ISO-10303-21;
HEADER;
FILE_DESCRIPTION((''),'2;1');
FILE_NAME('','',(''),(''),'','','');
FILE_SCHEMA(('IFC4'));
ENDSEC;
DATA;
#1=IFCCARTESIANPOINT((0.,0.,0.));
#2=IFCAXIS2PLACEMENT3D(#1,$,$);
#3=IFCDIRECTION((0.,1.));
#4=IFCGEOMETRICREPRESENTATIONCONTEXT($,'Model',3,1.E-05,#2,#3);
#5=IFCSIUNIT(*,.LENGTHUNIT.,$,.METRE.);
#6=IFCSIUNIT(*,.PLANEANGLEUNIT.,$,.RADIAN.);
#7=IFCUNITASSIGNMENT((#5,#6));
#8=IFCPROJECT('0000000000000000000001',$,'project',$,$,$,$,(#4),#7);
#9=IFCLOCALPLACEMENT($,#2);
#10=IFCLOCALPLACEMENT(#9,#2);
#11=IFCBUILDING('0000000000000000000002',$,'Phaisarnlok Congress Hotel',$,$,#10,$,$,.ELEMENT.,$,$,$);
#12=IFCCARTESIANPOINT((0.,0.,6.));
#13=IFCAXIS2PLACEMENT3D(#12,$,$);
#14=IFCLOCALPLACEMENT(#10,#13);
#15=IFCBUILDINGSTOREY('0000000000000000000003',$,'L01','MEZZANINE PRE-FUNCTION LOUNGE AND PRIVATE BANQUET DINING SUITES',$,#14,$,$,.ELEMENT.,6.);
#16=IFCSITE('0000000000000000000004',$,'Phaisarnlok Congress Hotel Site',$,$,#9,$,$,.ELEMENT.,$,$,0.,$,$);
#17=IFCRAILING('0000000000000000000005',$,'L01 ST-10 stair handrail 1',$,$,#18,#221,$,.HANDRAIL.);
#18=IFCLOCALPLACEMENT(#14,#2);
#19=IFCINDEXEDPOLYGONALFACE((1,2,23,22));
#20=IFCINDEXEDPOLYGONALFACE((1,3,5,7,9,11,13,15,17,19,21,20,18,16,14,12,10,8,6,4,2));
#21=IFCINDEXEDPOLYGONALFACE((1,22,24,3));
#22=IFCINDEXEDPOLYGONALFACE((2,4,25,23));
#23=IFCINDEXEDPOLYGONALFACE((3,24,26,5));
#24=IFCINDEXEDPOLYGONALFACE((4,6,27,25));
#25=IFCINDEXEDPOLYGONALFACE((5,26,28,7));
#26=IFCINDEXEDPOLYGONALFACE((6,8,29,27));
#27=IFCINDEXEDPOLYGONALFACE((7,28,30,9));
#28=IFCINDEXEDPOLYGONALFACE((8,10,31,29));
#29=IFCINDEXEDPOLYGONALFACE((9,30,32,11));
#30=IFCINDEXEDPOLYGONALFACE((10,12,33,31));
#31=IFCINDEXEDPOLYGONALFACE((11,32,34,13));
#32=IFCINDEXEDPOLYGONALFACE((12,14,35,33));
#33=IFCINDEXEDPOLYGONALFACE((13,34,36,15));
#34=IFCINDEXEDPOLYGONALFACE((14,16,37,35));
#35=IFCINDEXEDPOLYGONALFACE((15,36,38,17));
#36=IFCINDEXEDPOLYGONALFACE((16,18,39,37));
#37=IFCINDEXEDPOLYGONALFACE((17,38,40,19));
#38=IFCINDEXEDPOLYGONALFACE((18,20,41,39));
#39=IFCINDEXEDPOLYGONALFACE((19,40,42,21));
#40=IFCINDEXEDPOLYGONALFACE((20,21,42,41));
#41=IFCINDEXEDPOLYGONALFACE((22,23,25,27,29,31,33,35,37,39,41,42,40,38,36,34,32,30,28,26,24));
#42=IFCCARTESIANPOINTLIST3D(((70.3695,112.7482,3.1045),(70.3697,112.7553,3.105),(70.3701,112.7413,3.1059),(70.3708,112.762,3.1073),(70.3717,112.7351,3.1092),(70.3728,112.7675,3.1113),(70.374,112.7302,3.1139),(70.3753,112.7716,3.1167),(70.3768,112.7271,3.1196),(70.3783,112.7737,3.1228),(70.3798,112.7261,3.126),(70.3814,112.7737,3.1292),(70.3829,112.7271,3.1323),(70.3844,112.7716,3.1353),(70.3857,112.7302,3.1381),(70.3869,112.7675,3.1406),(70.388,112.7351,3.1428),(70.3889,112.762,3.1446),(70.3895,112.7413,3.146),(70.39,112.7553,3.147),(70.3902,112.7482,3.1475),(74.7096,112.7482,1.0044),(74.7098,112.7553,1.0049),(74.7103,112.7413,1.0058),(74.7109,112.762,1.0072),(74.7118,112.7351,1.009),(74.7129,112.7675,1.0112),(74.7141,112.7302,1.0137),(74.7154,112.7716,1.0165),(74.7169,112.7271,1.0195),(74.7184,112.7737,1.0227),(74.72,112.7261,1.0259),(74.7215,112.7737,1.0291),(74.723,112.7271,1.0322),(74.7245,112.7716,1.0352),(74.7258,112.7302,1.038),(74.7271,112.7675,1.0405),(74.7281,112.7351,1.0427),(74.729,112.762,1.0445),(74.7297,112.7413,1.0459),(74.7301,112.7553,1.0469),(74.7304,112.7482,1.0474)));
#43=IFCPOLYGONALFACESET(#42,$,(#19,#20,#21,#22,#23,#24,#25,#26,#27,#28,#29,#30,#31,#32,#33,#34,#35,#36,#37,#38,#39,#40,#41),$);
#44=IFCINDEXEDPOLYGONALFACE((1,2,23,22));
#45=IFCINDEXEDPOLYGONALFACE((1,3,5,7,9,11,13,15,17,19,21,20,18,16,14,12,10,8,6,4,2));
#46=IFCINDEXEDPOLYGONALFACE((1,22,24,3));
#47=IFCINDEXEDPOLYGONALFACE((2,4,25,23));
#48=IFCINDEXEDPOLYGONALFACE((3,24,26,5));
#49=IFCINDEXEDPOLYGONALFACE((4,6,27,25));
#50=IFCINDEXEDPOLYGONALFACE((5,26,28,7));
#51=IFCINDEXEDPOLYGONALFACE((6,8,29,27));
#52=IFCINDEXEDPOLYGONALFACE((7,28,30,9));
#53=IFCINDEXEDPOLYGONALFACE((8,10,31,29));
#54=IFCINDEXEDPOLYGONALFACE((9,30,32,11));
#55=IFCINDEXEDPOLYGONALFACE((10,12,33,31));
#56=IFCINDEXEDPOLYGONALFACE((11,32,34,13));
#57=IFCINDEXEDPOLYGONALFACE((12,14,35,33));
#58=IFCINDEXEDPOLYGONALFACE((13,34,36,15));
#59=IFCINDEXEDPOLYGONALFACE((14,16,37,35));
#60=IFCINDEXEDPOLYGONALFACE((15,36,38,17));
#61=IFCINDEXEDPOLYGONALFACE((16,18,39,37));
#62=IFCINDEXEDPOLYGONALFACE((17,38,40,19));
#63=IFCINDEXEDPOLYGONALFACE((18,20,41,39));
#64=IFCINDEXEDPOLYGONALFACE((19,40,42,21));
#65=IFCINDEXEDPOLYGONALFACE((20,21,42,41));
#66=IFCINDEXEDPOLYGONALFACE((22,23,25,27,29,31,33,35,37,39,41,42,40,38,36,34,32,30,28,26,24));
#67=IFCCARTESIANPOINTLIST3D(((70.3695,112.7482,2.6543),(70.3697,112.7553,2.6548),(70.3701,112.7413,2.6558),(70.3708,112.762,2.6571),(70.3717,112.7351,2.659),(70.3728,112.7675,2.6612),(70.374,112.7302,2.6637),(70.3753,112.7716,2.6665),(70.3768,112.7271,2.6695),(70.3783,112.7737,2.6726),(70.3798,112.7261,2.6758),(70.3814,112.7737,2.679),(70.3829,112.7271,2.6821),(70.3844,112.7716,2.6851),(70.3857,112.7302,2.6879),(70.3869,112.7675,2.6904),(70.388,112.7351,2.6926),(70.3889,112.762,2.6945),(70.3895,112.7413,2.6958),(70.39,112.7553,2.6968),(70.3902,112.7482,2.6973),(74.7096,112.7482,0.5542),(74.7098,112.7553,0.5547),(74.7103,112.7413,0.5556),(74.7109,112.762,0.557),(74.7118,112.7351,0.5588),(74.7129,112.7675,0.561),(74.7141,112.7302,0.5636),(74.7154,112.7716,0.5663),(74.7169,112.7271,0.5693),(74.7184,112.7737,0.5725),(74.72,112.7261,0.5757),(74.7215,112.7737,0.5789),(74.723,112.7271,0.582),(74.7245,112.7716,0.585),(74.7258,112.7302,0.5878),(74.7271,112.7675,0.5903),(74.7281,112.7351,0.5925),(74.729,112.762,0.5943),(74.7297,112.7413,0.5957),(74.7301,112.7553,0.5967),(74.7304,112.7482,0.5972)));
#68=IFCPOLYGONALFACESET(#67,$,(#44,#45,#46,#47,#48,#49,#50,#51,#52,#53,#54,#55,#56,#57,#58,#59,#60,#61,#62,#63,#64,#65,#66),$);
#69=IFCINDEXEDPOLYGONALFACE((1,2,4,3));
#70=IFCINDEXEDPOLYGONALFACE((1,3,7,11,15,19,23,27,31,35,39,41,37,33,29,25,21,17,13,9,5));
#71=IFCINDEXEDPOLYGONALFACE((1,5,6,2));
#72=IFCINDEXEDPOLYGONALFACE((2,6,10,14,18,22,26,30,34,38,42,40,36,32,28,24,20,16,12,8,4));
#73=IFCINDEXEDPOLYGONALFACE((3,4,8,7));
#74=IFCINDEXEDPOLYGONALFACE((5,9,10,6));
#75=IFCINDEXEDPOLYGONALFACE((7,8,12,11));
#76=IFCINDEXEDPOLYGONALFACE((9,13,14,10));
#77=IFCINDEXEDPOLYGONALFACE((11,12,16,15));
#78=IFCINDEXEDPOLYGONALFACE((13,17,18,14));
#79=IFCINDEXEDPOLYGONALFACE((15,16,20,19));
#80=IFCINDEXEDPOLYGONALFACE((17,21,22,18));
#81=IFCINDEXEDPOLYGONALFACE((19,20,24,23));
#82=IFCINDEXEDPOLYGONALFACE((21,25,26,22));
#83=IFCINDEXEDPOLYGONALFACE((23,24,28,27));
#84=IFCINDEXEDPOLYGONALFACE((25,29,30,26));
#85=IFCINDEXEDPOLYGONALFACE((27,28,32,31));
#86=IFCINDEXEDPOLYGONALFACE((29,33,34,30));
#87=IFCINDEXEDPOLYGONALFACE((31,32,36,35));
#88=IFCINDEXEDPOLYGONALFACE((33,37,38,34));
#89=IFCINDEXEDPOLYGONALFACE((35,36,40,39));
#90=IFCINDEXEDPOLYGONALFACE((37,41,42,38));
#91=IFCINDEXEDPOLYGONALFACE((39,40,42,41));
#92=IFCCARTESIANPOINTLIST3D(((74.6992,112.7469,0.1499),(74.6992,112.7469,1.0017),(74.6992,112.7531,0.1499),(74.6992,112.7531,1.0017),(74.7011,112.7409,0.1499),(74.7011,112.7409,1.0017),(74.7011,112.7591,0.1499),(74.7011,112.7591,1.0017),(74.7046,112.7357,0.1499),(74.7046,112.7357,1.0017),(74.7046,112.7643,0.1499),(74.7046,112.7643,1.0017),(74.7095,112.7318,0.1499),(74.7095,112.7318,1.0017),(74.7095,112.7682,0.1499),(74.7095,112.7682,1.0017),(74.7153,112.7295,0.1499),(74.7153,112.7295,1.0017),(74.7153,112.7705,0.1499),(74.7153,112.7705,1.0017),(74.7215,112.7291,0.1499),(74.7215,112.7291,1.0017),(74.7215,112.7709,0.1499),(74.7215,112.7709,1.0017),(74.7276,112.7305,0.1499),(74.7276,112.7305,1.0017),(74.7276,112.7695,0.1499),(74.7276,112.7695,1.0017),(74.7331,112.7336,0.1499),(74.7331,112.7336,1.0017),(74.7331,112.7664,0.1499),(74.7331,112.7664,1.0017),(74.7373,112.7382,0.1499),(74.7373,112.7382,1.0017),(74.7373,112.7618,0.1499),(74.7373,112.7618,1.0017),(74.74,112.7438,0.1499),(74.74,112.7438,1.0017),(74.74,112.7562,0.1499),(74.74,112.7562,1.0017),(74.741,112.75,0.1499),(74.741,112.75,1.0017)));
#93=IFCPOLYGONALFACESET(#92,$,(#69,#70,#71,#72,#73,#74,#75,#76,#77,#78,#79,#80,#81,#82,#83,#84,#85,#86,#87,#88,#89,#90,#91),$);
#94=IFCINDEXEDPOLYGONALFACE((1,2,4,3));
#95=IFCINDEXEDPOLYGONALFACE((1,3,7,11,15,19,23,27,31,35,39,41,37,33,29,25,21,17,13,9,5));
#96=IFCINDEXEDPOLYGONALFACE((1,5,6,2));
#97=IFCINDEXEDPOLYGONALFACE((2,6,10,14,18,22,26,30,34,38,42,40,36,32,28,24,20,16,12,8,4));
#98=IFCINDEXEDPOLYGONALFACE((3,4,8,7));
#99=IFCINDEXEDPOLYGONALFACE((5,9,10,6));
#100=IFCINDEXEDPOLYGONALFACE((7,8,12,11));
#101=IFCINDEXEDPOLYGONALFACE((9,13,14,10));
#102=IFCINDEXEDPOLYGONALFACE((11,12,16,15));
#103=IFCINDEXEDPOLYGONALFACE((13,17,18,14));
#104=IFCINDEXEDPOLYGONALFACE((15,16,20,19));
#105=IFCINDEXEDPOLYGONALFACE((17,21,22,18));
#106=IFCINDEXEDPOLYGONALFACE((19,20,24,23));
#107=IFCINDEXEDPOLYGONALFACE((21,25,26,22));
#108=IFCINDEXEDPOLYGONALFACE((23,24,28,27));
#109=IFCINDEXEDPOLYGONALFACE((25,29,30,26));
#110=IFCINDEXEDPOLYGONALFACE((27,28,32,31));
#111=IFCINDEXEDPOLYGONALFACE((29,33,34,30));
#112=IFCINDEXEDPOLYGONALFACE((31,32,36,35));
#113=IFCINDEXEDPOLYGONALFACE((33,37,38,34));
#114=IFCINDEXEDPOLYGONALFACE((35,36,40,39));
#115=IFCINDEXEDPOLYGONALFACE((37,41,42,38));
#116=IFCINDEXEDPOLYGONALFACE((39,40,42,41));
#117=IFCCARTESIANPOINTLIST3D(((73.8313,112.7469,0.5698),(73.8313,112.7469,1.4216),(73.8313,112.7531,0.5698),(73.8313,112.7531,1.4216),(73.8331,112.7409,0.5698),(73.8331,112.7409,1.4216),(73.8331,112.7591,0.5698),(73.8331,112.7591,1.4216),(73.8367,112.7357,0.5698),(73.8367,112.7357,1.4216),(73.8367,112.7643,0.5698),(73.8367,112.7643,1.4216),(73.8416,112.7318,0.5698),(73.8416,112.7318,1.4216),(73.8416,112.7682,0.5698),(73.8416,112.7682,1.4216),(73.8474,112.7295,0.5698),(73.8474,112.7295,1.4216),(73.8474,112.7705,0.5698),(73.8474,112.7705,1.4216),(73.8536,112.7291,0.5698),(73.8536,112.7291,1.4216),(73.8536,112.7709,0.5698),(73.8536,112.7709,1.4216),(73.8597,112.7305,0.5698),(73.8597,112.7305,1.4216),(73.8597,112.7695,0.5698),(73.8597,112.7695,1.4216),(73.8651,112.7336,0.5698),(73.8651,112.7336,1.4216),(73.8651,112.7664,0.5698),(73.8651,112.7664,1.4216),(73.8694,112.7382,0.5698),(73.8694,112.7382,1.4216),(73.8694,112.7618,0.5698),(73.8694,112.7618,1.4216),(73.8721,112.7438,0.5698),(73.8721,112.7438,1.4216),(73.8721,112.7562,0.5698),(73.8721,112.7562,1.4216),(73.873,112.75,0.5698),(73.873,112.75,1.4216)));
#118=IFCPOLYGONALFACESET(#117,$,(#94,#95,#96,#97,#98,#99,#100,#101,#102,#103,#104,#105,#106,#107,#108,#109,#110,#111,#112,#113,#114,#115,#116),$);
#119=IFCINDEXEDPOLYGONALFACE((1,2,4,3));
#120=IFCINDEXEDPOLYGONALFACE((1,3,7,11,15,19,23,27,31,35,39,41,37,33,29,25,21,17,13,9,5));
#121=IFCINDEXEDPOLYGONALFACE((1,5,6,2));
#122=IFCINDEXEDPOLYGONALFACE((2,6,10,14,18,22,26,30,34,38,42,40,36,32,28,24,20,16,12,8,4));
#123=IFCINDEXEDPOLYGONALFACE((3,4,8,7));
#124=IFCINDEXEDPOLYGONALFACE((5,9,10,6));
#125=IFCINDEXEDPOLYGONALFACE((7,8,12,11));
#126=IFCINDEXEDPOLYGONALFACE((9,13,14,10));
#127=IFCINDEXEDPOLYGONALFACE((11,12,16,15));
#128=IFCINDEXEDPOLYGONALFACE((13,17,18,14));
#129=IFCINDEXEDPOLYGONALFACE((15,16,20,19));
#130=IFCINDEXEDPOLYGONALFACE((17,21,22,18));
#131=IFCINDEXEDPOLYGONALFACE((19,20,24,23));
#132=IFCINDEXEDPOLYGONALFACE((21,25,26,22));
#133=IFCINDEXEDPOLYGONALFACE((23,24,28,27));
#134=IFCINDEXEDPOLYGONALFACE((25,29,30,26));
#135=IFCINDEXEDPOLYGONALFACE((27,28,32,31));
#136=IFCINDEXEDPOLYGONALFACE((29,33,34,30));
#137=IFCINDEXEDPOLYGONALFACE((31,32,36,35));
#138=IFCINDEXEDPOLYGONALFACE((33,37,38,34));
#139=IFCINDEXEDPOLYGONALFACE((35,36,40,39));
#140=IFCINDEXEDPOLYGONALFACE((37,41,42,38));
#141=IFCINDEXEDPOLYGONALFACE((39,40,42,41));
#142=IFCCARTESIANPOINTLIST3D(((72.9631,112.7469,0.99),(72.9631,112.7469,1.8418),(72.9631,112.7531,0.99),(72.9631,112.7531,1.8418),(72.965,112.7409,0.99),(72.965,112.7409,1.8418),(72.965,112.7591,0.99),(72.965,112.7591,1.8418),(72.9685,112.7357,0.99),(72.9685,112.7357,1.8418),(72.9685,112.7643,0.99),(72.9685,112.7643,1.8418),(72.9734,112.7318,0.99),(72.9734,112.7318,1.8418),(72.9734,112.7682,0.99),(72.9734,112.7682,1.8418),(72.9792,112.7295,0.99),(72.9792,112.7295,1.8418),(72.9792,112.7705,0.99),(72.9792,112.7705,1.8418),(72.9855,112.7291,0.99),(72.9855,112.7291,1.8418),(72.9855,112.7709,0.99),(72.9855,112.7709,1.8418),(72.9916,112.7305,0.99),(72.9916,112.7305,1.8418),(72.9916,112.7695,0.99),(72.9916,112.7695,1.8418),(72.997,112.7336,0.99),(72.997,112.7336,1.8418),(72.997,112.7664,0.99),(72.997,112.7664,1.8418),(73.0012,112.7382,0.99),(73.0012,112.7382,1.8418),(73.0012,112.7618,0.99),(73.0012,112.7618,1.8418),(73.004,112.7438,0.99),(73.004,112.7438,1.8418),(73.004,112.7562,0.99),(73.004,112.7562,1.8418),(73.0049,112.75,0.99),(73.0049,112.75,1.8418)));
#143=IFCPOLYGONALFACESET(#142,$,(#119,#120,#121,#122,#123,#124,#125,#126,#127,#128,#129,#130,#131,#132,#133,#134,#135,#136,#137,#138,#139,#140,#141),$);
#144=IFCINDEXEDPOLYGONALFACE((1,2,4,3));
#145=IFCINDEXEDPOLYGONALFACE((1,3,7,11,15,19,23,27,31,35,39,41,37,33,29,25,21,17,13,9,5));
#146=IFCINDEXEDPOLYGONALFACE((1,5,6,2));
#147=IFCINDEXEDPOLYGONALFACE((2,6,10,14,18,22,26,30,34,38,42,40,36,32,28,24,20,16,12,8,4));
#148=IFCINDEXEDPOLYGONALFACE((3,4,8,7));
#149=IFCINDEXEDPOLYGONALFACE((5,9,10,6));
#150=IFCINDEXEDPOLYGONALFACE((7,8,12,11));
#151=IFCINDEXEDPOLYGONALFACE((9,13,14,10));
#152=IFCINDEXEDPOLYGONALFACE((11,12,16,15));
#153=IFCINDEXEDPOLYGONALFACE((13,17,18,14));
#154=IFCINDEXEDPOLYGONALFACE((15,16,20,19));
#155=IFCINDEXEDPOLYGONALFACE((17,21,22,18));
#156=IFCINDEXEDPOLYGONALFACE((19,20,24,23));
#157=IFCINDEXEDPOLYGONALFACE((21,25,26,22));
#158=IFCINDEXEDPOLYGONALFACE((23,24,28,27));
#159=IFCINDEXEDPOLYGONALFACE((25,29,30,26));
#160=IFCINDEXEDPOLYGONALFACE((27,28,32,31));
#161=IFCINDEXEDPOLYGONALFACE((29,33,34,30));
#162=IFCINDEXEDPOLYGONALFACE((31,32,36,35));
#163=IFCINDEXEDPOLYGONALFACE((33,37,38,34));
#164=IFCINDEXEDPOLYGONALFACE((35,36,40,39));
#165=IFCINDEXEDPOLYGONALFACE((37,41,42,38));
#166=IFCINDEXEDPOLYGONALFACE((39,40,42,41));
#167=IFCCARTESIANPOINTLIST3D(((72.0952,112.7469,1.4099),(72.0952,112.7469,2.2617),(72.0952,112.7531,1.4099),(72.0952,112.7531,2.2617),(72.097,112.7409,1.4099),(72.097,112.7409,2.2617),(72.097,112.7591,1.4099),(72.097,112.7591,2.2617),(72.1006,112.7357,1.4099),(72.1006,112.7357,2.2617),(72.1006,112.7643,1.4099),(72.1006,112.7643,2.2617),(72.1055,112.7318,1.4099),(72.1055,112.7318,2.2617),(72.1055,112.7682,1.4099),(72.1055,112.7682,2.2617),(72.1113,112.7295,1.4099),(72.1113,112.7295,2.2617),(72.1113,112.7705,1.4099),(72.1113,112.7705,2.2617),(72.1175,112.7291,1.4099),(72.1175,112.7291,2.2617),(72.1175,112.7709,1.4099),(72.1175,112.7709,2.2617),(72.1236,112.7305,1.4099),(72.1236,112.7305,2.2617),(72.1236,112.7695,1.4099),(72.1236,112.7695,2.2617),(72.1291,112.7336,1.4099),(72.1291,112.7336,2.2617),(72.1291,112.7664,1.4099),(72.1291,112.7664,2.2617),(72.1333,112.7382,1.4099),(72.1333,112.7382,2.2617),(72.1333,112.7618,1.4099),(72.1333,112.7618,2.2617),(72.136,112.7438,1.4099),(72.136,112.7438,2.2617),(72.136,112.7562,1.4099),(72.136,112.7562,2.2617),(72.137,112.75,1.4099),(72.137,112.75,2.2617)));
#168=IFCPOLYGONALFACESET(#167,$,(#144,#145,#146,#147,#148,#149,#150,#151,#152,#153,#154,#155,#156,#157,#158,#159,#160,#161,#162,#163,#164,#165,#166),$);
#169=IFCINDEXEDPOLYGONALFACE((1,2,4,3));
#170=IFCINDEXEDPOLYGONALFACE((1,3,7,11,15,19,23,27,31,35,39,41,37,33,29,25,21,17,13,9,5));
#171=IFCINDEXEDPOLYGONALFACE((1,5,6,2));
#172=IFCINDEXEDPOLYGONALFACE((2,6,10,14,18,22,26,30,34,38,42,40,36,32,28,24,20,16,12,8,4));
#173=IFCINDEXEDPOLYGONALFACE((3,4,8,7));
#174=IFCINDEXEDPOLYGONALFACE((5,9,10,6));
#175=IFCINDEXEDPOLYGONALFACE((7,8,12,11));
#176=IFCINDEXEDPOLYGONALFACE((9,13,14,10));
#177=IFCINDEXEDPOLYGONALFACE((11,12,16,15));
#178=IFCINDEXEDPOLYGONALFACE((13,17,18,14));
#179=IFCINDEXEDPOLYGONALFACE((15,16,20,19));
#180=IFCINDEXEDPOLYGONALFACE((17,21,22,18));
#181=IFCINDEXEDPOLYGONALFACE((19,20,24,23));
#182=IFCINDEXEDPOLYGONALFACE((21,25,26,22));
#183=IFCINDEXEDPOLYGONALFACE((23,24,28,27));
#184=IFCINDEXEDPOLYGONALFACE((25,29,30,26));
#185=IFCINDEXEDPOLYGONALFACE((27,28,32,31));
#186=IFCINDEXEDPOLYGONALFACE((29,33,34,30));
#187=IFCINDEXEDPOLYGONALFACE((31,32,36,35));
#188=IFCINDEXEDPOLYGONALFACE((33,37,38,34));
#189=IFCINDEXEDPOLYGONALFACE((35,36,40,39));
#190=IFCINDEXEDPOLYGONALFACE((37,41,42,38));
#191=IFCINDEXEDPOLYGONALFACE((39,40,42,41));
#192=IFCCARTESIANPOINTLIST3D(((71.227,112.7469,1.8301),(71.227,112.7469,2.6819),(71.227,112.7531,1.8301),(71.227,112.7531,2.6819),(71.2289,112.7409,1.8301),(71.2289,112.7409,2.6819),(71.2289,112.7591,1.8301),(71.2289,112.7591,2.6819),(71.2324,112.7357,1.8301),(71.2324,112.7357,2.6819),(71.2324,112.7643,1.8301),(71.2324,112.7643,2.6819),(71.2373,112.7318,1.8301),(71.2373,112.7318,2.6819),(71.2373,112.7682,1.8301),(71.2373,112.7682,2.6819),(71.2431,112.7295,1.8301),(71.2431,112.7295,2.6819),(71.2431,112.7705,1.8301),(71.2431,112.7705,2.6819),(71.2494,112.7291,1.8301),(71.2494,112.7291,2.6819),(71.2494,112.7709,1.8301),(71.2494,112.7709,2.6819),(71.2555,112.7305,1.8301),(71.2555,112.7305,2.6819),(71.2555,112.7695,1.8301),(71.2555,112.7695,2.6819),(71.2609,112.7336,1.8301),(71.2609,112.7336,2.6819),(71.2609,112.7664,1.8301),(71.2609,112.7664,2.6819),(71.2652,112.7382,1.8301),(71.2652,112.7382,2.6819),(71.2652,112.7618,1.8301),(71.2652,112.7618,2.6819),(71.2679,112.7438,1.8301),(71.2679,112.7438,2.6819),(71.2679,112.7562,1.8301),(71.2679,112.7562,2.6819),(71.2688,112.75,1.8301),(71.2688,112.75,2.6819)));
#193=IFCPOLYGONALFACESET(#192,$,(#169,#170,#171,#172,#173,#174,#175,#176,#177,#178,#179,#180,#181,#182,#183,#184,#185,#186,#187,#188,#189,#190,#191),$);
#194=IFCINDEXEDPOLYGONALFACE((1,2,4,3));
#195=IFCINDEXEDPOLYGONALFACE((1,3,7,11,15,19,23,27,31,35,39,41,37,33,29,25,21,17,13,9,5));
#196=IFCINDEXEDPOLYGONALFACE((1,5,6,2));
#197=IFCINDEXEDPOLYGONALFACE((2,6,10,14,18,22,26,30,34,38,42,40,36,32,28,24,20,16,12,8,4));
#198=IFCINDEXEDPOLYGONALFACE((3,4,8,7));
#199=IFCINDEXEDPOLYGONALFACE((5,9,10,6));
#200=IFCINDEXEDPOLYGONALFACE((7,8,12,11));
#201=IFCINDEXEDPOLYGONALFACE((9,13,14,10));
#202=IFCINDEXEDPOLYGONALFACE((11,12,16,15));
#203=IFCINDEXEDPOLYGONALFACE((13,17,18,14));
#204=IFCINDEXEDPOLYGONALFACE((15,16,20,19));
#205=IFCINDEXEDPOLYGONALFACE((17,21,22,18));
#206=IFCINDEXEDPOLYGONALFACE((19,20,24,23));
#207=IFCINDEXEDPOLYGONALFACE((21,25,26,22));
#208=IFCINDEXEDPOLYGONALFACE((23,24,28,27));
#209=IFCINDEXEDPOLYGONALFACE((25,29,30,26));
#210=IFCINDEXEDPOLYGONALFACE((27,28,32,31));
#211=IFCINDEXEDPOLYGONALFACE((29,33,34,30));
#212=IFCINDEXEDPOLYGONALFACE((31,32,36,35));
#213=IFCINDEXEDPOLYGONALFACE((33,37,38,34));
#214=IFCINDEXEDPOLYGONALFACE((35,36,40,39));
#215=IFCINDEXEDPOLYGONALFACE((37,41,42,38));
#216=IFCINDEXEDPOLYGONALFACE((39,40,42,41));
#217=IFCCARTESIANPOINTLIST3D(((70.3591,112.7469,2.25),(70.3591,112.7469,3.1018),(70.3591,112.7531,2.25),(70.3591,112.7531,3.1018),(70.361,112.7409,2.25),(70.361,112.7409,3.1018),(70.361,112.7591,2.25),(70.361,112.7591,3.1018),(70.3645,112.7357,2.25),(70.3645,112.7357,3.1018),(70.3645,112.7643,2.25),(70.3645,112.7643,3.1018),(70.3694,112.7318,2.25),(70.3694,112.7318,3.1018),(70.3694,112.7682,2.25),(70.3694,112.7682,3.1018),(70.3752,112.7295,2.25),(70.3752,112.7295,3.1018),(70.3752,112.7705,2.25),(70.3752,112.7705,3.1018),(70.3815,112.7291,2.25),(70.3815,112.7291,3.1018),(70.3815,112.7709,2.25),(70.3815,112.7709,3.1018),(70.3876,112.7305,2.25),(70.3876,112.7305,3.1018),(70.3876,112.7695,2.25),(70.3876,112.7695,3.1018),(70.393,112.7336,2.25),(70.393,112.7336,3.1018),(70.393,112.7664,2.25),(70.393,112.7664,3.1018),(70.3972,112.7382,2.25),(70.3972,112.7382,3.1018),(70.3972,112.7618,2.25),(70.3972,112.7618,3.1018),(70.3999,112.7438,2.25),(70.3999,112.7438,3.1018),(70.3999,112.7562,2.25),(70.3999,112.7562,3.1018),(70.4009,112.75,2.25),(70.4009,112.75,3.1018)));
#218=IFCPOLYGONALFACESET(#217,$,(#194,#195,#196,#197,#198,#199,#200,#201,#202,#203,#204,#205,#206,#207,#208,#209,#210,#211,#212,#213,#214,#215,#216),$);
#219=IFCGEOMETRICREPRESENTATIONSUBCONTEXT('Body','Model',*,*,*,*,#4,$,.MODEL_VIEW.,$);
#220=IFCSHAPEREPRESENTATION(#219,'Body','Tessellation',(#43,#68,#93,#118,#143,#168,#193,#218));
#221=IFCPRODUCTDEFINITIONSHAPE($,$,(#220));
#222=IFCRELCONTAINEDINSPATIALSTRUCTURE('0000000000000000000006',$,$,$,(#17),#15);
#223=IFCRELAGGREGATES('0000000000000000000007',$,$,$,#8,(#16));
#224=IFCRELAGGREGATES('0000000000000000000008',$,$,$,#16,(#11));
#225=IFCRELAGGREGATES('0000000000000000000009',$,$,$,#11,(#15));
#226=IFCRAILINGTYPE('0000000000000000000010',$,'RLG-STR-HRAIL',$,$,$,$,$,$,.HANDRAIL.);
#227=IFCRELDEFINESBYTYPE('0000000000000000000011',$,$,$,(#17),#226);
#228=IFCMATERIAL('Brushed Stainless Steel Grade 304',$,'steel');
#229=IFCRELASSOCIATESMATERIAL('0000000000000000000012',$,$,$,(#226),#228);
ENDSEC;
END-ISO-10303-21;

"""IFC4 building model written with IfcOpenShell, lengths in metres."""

from ifc_helpers import new_model, si_unit, direction, frame, origin, origin_2d, place, context, subcontext, project, spatial, circle, extrude, material, type_object, element, save


model = new_model("IFC4")

# Units and contexts
model_context = context("Model", 3, precision=1e-05, world=origin(), true_north=direction((0.0, 1.0)))
body_context = subcontext(model_context, "Body", "Model", "MODEL_VIEW")
ifc_project = project(units=[si_unit("LENGTHUNIT", "METRE"), si_unit("PLANEANGLEUNIT", "RADIAN")], contexts=[model_context])

# Site, building, storey
site_placement = place(None, origin())
site = spatial("IfcSite", under=ifc_project, at=site_placement, Name="Phaisarnlok Congress Hotel Site", CompositionType="ELEMENT", RefElevation=0.0)
building_placement = place(site_placement, origin())
building = spatial("IfcBuilding", under=site, at=building_placement, Name="Phaisarnlok Congress Hotel", CompositionType="ELEMENT")
storey_placement = place(building_placement, frame((0.0, 0.0, 6.0)))
storey = spatial("IfcBuildingStorey", under=building, at=storey_placement, Name="L01", Description="MEZZANINE PRE-FUNCTION LOUNGE AND PRIVATE BANQUET DINING SUITES", CompositionType="ELEMENT", Elevation=6.0)

# Railing
ifc_material_1 = material(Name="Brushed Stainless Steel Grade 304", Category="steel")
railing_type_1 = type_object("IfcRailingType", Name="RLG-STR-HRAIL", PredefinedType="HANDRAIL", material=ifc_material_1)
railing_1_placement = place(storey_placement, frame((74.72, 112.75, 0.1499)))
element("IfcRailing", 1, at=railing_1_placement, inside=storey, type_object=railing_type_1, Name="L01 ST-10 stair handrail 1", PredefinedType="HANDRAIL", context=body_context, shape_type="SweptSolid", body=[
    extrude(circle(Radius=0.0239, at=origin_2d()), frame((0.0, 0.0, 0.876), z_axis=(-0.900155, 0.0, 0.43557), x_axis=(0.0, -1.0, 0.0)), (0.0, 0.0, 1.0), 4.8215),
    extrude(circle(Radius=0.0239, at=origin_2d()), frame((0.0, 0.0, 0.4258), z_axis=(-0.900155, 0.0, 0.43557), x_axis=(0.0, -1.0, 0.0)), (0.0, 0.0, 1.0), 4.8215),
    extrude(circle(Radius=0.021, at=origin_2d()), origin(), (0.0, 0.0, 1.0), 0.8518),
    extrude(circle(Radius=0.021, at=origin_2d()), frame((-0.8679, 0.0, 0.4199)), (0.0, 0.0, 1.0), 0.8518),
    extrude(circle(Radius=0.021, at=origin_2d()), frame((-1.7361, 0.0, 0.8401)), (0.0, 0.0, 1.0), 0.8518),
    extrude(circle(Radius=0.021, at=origin_2d()), frame((-2.604, 0.0, 1.26)), (0.0, 0.0, 1.0), 0.8518),
    extrude(circle(Radius=0.021, at=origin_2d()), frame((-3.4722, 0.0, 1.6802)), (0.0, 0.0, 1.0), 0.8518),
    extrude(circle(Radius=0.021, at=origin_2d()), frame((-4.3401, 0.0, 2.1001)), (0.0, 0.0, 1.0), 0.8518),
])

save(model, "model.ifc")
